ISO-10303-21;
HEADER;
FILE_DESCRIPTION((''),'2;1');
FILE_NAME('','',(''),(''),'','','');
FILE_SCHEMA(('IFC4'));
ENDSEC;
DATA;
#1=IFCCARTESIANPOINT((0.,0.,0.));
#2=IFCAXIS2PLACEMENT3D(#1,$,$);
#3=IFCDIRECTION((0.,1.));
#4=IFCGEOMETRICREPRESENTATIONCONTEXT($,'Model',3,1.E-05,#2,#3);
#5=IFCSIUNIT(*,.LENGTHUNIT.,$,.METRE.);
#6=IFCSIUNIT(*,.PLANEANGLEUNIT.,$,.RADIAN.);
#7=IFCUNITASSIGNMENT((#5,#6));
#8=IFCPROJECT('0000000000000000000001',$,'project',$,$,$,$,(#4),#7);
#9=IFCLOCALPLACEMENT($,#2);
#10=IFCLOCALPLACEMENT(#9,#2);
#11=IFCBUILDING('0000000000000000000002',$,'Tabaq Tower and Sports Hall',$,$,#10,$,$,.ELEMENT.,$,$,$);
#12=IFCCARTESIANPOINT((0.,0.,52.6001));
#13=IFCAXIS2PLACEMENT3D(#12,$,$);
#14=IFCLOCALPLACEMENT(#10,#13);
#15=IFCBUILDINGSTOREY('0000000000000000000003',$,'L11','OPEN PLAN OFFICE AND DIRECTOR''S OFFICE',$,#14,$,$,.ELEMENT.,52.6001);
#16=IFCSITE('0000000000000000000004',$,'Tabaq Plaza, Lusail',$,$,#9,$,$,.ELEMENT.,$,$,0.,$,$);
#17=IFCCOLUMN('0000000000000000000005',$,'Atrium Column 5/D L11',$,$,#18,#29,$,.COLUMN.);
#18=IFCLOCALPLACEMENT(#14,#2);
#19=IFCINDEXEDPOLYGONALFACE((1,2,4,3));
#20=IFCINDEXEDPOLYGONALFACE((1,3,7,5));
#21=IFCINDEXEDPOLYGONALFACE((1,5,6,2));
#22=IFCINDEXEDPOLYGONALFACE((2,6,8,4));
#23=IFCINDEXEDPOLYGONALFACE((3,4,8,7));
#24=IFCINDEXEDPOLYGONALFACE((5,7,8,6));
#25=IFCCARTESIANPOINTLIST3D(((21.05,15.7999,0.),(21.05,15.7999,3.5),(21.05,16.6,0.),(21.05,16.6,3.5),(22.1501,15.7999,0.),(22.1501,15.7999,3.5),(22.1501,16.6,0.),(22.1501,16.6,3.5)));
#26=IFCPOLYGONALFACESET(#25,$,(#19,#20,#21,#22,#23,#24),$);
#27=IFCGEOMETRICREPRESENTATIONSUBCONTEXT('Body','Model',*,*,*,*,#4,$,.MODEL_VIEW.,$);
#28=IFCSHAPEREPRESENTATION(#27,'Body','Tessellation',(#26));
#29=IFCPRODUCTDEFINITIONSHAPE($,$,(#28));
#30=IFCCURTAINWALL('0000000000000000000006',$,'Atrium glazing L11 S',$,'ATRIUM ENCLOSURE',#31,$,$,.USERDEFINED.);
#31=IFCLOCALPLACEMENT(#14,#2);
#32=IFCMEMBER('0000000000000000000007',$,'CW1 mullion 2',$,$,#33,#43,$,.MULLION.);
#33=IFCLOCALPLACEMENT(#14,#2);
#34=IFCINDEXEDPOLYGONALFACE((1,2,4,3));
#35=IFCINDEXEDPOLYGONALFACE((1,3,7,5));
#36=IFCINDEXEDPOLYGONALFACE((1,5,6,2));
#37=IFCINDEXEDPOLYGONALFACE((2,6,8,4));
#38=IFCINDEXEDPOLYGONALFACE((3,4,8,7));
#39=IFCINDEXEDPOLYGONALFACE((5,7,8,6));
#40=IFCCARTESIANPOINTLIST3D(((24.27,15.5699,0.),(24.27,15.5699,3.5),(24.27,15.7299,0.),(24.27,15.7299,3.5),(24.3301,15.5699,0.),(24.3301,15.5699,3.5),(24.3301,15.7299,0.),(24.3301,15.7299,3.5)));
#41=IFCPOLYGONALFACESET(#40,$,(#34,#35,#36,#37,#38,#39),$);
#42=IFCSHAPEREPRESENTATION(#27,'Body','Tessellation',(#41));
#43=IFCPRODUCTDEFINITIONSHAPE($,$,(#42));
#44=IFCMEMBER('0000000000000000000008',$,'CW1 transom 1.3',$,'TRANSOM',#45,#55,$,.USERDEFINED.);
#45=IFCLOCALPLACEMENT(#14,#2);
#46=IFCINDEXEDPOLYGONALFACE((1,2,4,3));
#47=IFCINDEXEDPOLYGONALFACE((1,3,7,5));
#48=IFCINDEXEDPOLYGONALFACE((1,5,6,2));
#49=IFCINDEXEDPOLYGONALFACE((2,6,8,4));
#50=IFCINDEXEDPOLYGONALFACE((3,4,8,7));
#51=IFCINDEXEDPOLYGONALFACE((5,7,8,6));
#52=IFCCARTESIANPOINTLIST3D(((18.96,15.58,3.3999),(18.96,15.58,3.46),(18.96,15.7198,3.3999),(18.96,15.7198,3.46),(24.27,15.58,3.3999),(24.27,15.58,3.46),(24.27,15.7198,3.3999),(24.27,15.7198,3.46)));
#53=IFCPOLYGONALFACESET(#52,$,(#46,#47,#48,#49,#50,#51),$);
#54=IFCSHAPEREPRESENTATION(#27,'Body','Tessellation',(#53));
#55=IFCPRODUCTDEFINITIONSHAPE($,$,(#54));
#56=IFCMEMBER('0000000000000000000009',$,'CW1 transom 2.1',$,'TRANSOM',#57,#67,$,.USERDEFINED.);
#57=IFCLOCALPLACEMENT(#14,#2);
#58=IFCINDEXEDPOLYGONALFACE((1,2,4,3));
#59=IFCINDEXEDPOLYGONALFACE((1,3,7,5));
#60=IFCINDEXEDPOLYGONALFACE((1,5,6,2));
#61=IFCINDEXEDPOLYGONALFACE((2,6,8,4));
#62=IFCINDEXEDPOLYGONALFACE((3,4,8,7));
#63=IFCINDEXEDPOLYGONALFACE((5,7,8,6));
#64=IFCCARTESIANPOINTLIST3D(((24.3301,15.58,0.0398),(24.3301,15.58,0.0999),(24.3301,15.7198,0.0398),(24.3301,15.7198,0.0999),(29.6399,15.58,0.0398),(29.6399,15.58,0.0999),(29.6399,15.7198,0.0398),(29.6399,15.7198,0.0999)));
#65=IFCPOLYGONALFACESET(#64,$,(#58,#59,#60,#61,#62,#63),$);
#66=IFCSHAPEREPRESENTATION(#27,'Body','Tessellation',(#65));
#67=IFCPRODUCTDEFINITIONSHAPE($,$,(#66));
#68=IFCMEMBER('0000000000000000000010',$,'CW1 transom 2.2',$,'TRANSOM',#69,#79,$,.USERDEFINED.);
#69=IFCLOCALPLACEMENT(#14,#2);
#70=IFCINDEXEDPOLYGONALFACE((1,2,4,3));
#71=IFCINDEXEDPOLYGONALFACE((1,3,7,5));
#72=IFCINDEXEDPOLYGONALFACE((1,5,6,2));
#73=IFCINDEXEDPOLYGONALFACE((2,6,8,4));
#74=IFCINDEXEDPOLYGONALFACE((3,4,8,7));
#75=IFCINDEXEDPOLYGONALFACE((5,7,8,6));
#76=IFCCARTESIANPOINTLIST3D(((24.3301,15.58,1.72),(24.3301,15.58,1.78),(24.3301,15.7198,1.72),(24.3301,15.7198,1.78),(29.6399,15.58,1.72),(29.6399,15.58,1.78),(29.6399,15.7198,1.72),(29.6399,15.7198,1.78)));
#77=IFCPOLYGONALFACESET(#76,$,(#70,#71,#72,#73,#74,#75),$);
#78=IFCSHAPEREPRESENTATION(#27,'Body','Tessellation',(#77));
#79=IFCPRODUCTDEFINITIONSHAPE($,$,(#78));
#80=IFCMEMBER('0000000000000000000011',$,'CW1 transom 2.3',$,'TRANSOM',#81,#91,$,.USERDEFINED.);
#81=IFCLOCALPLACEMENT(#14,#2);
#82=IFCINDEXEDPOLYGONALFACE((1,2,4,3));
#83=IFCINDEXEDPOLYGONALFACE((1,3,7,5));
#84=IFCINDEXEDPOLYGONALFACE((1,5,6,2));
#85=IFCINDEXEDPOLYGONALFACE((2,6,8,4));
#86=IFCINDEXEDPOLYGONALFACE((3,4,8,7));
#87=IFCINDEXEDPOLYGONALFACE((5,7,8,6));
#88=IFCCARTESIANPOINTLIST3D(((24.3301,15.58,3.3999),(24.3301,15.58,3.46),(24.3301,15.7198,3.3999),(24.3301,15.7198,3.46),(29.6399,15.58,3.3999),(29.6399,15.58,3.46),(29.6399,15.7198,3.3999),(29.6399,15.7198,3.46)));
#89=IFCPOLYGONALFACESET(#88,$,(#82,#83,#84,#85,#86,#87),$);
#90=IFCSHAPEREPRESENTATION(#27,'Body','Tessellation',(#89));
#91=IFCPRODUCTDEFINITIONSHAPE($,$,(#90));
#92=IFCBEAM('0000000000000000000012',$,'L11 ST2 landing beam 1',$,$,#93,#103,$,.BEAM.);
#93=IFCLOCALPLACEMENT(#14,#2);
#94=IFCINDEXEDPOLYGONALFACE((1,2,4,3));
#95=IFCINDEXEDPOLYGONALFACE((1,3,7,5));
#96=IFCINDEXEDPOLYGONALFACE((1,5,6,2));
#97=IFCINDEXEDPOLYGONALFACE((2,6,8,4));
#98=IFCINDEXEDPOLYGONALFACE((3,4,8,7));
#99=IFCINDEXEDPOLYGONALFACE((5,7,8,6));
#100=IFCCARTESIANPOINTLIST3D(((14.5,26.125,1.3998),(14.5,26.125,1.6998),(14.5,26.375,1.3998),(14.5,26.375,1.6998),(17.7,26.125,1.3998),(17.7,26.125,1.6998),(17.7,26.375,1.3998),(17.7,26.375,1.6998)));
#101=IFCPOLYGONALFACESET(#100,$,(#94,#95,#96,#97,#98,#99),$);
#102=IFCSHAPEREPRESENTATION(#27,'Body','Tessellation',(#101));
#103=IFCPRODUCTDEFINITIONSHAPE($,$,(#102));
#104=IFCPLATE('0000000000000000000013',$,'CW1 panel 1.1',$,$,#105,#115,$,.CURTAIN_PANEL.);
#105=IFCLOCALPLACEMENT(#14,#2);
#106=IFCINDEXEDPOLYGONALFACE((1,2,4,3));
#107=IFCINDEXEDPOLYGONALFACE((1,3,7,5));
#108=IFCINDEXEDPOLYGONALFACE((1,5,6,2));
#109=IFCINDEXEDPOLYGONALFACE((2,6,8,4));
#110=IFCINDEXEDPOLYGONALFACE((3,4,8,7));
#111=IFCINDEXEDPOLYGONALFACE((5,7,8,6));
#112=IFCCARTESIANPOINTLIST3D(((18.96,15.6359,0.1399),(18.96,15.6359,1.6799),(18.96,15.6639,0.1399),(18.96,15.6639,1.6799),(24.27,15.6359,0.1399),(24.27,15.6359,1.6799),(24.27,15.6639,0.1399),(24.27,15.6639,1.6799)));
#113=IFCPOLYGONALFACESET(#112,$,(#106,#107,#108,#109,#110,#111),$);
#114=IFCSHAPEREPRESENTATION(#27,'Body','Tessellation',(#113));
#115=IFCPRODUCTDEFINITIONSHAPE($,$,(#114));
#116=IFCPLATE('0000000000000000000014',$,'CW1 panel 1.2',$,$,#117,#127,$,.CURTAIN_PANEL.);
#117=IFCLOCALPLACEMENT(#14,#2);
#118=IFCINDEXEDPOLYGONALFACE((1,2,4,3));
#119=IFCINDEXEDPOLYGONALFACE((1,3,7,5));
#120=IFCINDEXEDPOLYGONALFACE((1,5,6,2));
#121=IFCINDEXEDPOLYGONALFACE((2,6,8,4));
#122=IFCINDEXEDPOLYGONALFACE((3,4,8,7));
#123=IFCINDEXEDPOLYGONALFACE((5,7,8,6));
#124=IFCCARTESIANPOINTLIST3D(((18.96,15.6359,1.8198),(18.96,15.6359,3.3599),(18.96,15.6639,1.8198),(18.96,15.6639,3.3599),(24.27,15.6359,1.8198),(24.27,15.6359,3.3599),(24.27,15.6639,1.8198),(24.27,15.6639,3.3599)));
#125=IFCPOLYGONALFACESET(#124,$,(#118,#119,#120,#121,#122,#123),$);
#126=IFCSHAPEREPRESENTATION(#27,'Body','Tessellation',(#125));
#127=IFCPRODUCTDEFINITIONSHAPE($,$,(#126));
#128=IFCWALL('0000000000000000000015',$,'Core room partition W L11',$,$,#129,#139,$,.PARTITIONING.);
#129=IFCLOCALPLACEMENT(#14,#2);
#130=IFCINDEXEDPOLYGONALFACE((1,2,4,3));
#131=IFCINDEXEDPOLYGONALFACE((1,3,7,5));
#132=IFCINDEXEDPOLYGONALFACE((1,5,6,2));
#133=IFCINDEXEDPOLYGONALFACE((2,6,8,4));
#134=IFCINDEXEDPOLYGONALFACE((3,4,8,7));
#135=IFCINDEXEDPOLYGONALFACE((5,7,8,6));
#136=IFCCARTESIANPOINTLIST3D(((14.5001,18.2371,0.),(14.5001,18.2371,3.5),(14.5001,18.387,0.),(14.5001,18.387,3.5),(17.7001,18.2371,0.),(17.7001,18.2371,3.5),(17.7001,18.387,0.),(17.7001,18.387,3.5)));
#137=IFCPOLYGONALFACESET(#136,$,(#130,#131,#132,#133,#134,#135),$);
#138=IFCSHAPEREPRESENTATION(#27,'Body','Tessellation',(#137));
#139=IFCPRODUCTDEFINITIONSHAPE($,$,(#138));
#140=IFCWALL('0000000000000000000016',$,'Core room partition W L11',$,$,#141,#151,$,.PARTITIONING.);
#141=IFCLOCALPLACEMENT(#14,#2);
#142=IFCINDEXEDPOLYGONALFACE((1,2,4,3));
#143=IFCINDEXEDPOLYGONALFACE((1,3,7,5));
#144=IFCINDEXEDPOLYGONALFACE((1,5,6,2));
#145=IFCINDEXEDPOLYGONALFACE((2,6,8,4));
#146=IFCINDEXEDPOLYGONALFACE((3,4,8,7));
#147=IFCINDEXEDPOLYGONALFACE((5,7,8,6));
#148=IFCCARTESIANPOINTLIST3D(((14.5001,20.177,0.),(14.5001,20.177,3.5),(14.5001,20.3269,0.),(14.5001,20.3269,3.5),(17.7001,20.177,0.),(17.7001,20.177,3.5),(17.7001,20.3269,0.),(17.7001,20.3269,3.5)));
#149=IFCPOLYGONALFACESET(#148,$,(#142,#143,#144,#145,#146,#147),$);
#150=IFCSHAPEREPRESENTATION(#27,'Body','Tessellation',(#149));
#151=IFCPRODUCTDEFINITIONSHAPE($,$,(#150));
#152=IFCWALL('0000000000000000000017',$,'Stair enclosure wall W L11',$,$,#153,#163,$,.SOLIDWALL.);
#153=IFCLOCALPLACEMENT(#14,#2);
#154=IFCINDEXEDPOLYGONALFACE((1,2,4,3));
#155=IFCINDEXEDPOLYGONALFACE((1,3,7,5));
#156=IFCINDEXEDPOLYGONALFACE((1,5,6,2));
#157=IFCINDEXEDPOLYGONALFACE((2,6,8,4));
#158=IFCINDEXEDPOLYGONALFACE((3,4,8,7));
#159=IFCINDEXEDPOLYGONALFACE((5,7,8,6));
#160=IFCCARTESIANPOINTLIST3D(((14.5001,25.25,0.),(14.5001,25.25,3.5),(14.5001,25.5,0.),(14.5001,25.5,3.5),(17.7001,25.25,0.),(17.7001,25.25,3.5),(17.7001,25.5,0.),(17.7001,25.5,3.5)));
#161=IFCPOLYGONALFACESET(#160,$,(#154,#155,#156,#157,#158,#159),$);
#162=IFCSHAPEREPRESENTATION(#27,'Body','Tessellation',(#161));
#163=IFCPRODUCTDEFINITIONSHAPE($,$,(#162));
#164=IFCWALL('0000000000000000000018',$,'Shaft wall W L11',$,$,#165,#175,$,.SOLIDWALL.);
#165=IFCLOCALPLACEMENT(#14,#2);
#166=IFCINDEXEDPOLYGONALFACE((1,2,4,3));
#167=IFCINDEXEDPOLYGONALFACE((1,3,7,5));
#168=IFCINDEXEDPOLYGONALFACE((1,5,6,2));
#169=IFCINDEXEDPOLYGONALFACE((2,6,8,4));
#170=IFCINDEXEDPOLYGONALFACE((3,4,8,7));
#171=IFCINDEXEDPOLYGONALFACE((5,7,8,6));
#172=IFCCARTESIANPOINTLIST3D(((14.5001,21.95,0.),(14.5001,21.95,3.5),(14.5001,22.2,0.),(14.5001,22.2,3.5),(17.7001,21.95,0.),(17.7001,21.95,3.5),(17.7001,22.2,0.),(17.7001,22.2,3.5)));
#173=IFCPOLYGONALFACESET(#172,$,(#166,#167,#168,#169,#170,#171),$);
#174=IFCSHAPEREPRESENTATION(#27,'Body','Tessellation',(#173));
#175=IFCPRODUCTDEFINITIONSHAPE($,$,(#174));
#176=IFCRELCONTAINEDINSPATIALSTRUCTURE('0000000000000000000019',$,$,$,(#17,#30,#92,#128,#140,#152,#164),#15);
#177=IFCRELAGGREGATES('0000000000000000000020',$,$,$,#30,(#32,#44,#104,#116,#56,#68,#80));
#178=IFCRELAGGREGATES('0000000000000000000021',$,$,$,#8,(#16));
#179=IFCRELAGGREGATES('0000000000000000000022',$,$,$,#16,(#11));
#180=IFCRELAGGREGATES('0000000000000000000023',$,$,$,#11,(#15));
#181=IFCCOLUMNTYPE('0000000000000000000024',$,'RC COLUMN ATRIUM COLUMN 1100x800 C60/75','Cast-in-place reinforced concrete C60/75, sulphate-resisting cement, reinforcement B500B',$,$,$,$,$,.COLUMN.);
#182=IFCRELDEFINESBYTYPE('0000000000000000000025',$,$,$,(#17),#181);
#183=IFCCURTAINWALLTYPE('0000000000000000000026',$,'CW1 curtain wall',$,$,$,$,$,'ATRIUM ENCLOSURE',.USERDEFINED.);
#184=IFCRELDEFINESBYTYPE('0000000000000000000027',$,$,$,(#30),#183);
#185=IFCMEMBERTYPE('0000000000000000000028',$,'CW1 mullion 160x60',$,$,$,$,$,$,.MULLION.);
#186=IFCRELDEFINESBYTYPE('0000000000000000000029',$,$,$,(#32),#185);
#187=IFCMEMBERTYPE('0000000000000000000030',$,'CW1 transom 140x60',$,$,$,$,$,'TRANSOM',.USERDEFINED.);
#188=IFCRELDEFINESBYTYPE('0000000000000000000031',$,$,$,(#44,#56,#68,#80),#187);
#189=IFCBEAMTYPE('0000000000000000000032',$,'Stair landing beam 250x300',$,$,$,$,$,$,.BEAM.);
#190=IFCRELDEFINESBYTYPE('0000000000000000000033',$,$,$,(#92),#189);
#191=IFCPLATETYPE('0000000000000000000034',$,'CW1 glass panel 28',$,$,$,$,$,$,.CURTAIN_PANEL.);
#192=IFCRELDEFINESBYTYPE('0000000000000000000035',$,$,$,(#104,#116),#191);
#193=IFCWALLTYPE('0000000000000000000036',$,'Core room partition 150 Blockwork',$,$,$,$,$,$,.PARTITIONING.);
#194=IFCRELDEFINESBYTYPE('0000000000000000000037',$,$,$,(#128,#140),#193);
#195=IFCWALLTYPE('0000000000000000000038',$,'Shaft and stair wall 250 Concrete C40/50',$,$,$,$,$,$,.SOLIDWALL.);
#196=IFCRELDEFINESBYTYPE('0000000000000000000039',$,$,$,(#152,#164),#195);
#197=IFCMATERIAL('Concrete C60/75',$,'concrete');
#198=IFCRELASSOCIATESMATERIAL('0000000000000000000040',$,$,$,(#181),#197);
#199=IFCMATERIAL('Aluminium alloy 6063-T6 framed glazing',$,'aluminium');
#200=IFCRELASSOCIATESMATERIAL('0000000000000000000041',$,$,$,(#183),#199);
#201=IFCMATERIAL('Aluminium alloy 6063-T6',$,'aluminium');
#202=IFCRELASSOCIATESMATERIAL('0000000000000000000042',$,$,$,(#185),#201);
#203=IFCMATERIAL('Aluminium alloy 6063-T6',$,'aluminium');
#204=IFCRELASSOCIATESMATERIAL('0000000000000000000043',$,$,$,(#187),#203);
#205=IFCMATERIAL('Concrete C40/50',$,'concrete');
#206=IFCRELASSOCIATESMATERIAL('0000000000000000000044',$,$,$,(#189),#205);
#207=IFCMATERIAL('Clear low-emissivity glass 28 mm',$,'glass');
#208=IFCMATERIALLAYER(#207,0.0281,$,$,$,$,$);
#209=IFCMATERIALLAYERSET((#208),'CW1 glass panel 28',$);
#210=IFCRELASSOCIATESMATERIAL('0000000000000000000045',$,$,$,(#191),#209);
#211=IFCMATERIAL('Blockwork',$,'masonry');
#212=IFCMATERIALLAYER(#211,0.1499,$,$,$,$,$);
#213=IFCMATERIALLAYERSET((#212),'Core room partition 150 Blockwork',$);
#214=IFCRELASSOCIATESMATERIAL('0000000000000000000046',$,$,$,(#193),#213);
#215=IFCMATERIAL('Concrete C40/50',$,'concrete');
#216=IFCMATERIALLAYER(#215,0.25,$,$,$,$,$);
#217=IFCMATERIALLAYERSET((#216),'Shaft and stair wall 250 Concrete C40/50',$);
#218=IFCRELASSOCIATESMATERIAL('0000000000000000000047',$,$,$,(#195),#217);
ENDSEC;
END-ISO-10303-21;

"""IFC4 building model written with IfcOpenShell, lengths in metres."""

from ifc_helpers import new_model, si_unit, direction, frame, frame_2d, origin, origin_2d, place, context, subcontext, project, spatial, rectangle, extrude, material, layer, layer_set, material_profile, profile_set, type_object, element, aggregate, save


model = new_model("IFC4")

# Units and contexts
model_context = context("Model", 3, precision=1e-05, world=origin(), true_north=direction((0.0, 1.0)))
body_context = subcontext(model_context, "Body", "Model", "MODEL_VIEW")
ifc_project = project(units=[si_unit("LENGTHUNIT", "METRE"), si_unit("PLANEANGLEUNIT", "RADIAN")], contexts=[model_context])

# Site, building, storey
site_placement = place(None, origin())
site = spatial("IfcSite", under=ifc_project, at=site_placement, Name="Tabaq Plaza, Lusail", CompositionType="ELEMENT", RefElevation=0.0)
building_placement = place(site_placement, origin())
building = spatial("IfcBuilding", under=site, at=building_placement, Name="Tabaq Tower and Sports Hall", CompositionType="ELEMENT")
storey_placement = place(building_placement, frame((0.0, 0.0, 52.6001)))
storey = spatial("IfcBuildingStorey", under=building, at=storey_placement, Name="L11", Description="OPEN PLAN OFFICE AND DIRECTOR'S OFFICE", CompositionType="ELEMENT", Elevation=52.6001)

# Column
ifc_material_1 = material(Name="Concrete C60/75", Category="concrete")
ifc_material_profile_1 = material_profile(ifc_material_1, rectangle(XDim=1.1001, YDim=0.8, at=origin_2d()), Name="ATRIUM COLUMN 1100x800")
ifc_profile_set_1 = profile_set([ifc_material_profile_1], Name="Concrete C60/75")
column_type = type_object("IfcColumnType", Name="RC COLUMN ATRIUM COLUMN 1100x800 C60/75", Description="Cast-in-place reinforced concrete C60/75, sulphate-resisting cement, reinforcement B500B", PredefinedType="COLUMN", material=ifc_profile_set_1)
column_placement = place(storey_placement, frame((21.6001, 16.2, 0.0), z_axis=(0.0, 0.0, 1.0), x_axis=(1.0, 0.0, 0.0)))
element("IfcColumn", 1, at=column_placement, inside=storey, type_object=column_type, Name="Atrium Column 5/D L11", PredefinedType="COLUMN", context=body_context, shape_type="SweptSolid", body=[
    extrude(rectangle(XDim=1.1001, YDim=0.8, at=origin_2d()), origin(), (0.0, 0.0, 1.0), 3.5),
])

# Curtain wall, members
ifc_material_2 = material(Name="Aluminium alloy 6063-T6 framed glazing", Category="aluminium")
curtain_wall_type = type_object("IfcCurtainWallType", Name="CW1 curtain wall", ElementType="ATRIUM ENCLOSURE", PredefinedType="USERDEFINED", material=ifc_material_2)
curtain_wall_placement = place(storey_placement, origin())
curtain_wall = element("IfcCurtainWall", 2, at=curtain_wall_placement, inside=storey, type_object=curtain_wall_type, Name="Atrium glazing L11 S", ObjectType="ATRIUM ENCLOSURE", PredefinedType="USERDEFINED")
ifc_material_3 = material(Name="Aluminium alloy 6063-T6", Category="aluminium")
ifc_material_profile_2 = material_profile(ifc_material_3, rectangle(XDim=0.1599, YDim=0.0601, at=origin_2d()), Name="MULLION 160x60")
ifc_profile_set_2 = profile_set([ifc_material_profile_2], Name="Aluminium alloy 6063-T6")
member_type_1 = type_object("IfcMemberType", Name="CW1 mullion 160x60", PredefinedType="MULLION", material=ifc_profile_set_2)
member_1_placement = place(storey_placement, frame((24.3, 15.6499, 0.0), z_axis=(0.0, 0.0, 1.0), x_axis=(0.0, 1.0, 0.0)))
member_1 = element("IfcMember", 3, at=member_1_placement, type_object=member_type_1, Name="CW1 mullion 2", PredefinedType="MULLION", context=body_context, shape_type="SweptSolid", body=[
    extrude(rectangle(XDim=0.1599, YDim=0.0601, at=origin_2d()), origin(), (0.0, 0.0, 1.0), 3.5),
])
ifc_material_4 = material(Name="Aluminium alloy 6063-T6", Category="aluminium")
ifc_material_profile_3 = material_profile(ifc_material_4, rectangle(XDim=0.1399, YDim=0.0601, at=origin_2d()), Name="TRANSOM 140x60")
ifc_profile_set_3 = profile_set([ifc_material_profile_3], Name="Aluminium alloy 6063-T6")
member_type_2 = type_object("IfcMemberType", Name="CW1 transom 140x60", ElementType="TRANSOM", PredefinedType="USERDEFINED", material=ifc_profile_set_3)
member_2_placement = place(storey_placement, frame((18.96, 15.6499, 3.4299), z_axis=(1.0, 0.0, 0.0), x_axis=(0.0, 1.0, 0.0)))
member_2 = element("IfcMember", 4, at=member_2_placement, type_object=member_type_2, Name="CW1 transom 1.3", ObjectType="TRANSOM", PredefinedType="USERDEFINED", context=body_context, shape_type="SweptSolid", body=[
    extrude(rectangle(XDim=0.1399, YDim=0.0601, at=origin_2d()), origin(), (0.0, 0.0, 1.0), 5.3101),
])
member_3_placement = place(storey_placement, frame((24.3301, 15.6499, 0.0698), z_axis=(1.0, 0.0, 0.0), x_axis=(0.0, 1.0, 0.0)))
member_3 = element("IfcMember", 5, at=member_3_placement, type_object=member_type_2, Name="CW1 transom 2.1", ObjectType="TRANSOM", PredefinedType="USERDEFINED", context=body_context, shape_type="SweptSolid", body=[
    extrude(rectangle(XDim=0.1399, YDim=0.0601, at=origin_2d()), origin(), (0.0, 0.0, 1.0), 5.3098),
])
member_4_placement = place(storey_placement, frame((24.3301, 15.6499, 1.75), z_axis=(1.0, 0.0, 0.0), x_axis=(0.0, 1.0, 0.0)))
member_4 = element("IfcMember", 6, at=member_4_placement, type_object=member_type_2, Name="CW1 transom 2.2", ObjectType="TRANSOM", PredefinedType="USERDEFINED", context=body_context, shape_type="SweptSolid", body=[
    extrude(rectangle(XDim=0.1399, YDim=0.0601, at=origin_2d()), origin(), (0.0, 0.0, 1.0), 5.3098),
])
member_5_placement = place(storey_placement, frame((24.3301, 15.6499, 3.4299), z_axis=(1.0, 0.0, 0.0), x_axis=(0.0, 1.0, 0.0)))
member_5 = element("IfcMember", 7, at=member_5_placement, type_object=member_type_2, Name="CW1 transom 2.3", ObjectType="TRANSOM", PredefinedType="USERDEFINED", context=body_context, shape_type="SweptSolid", body=[
    extrude(rectangle(XDim=0.1399, YDim=0.0601, at=origin_2d()), origin(), (0.0, 0.0, 1.0), 5.3098),
])

# Beam
ifc_material_5 = material(Name="Concrete C40/50", Category="concrete")
ifc_material_profile_4 = material_profile(ifc_material_5, rectangle(XDim=0.25, YDim=0.3, at=origin_2d()), Name="RC 250x300")
ifc_profile_set_4 = profile_set([ifc_material_profile_4], Name="Concrete C40/50")
beam_type = type_object("IfcBeamType", Name="Stair landing beam 250x300", PredefinedType="BEAM", material=ifc_profile_set_4)
beam_placement = place(storey_placement, frame((14.5, 26.25, 1.5498), z_axis=(1.0, 0.0, 0.0), x_axis=(0.0, 1.0, 0.0)))
element("IfcBeam", 8, at=beam_placement, inside=storey, type_object=beam_type, Name="L11 ST2 landing beam 1", PredefinedType="BEAM", context=body_context, shape_type="SweptSolid", body=[
    extrude(rectangle(XDim=0.25, YDim=0.3, at=origin_2d()), origin(), (0.0, 0.0, 1.0), 3.2),
])

# Plates
ifc_material_6 = material(Name="Clear low-emissivity glass 28 mm", Category="glass")
ifc_layer_1 = layer(ifc_material_6, 0.0281)
ifc_layer_set_1 = layer_set([ifc_layer_1], Name="CW1 glass panel 28")
plate_type = type_object("IfcPlateType", Name="CW1 glass panel 28", PredefinedType="CURTAIN_PANEL", material=ifc_layer_set_1)
plate_1_placement = place(storey_placement, frame((21.615, 15.6499, 0.1399), z_axis=(0.0, 0.0, 1.0), x_axis=(1.0, 0.0, 0.0)))
plate_1 = element("IfcPlate", 9, at=plate_1_placement, type_object=plate_type, Name="CW1 panel 1.1", PredefinedType="CURTAIN_PANEL", context=body_context, shape_type="SweptSolid", body=[
    extrude(rectangle(XDim=5.3101, YDim=0.0281, at=origin_2d()), origin(), (0.0, 0.0, 1.0), 1.54),
])
plate_2_placement = place(storey_placement, frame((21.615, 15.6499, 1.8198), z_axis=(0.0, 0.0, 1.0), x_axis=(1.0, 0.0, 0.0)))
plate_2 = element("IfcPlate", 10, at=plate_2_placement, type_object=plate_type, Name="CW1 panel 1.2", PredefinedType="CURTAIN_PANEL", context=body_context, shape_type="SweptSolid", body=[
    extrude(rectangle(XDim=5.3101, YDim=0.0281, at=origin_2d()), origin(), (0.0, 0.0, 1.0), 1.54),
])
aggregate(curtain_wall, [member_1, member_2, plate_1, plate_2, member_3, member_4, member_5])

# Walls
ifc_material_7 = material(Name="Blockwork", Category="masonry")
ifc_layer_2 = layer(ifc_material_7, 0.1499)
ifc_layer_set_2 = layer_set([ifc_layer_2], Name="Core room partition 150 Blockwork")
wall_type_1 = type_object("IfcWallType", Name="Core room partition 150 Blockwork", PredefinedType="PARTITIONING", material=ifc_layer_set_2)
for number, where, z_axis, x_axis, name in (
    (11, (14.5, 18.312, 0.0), (0.0, 0.0, 1.0), (1.0, 0.0, 0.0), "Core room partition W L11"),
    (12, (14.5, 20.252, 0.0), (0.0, 0.0, 1.0), (1.0, 0.0, 0.0), "Core room partition W L11"),
):
    element("IfcWall", number, at=place(storey_placement, frame(where, z_axis=z_axis, x_axis=x_axis)), inside=storey, type_object=wall_type_1, Name=name, PredefinedType="PARTITIONING", context=body_context, shape_type="SweptSolid", body=[
        extrude(rectangle(XDim=3.2, YDim=0.1499, at=frame_2d((1.6001, 0.0))), origin(), (0.0, 0.0, 1.0), 3.5),
    ])

# Walls
ifc_material_8 = material(Name="Concrete C40/50", Category="concrete")
ifc_layer_3 = layer(ifc_material_8, 0.25)
ifc_layer_set_3 = layer_set([ifc_layer_3], Name="Shaft and stair wall 250 Concrete C40/50")
wall_type_2 = type_object("IfcWallType", Name="Shaft and stair wall 250 Concrete C40/50", PredefinedType="SOLIDWALL", material=ifc_layer_set_3)
for number, where, z_axis, x_axis, name in (
    (13, (14.5, 25.375, 0.0), (0.0, 0.0, 1.0), (1.0, 0.0, 0.0), "Stair enclosure wall W L11"),
    (14, (14.5, 22.075, 0.0), (0.0, 0.0, 1.0), (1.0, 0.0, 0.0), "Shaft wall W L11"),
):
    element("IfcWall", number, at=place(storey_placement, frame(where, z_axis=z_axis, x_axis=x_axis)), inside=storey, type_object=wall_type_2, Name=name, PredefinedType="SOLIDWALL", context=body_context, shape_type="SweptSolid", body=[
        extrude(rectangle(XDim=3.2, YDim=0.25, at=frame_2d((1.6001, 0.0))), origin(), (0.0, 0.0, 1.0), 3.5),
    ])

save(model, "model.ifc")
